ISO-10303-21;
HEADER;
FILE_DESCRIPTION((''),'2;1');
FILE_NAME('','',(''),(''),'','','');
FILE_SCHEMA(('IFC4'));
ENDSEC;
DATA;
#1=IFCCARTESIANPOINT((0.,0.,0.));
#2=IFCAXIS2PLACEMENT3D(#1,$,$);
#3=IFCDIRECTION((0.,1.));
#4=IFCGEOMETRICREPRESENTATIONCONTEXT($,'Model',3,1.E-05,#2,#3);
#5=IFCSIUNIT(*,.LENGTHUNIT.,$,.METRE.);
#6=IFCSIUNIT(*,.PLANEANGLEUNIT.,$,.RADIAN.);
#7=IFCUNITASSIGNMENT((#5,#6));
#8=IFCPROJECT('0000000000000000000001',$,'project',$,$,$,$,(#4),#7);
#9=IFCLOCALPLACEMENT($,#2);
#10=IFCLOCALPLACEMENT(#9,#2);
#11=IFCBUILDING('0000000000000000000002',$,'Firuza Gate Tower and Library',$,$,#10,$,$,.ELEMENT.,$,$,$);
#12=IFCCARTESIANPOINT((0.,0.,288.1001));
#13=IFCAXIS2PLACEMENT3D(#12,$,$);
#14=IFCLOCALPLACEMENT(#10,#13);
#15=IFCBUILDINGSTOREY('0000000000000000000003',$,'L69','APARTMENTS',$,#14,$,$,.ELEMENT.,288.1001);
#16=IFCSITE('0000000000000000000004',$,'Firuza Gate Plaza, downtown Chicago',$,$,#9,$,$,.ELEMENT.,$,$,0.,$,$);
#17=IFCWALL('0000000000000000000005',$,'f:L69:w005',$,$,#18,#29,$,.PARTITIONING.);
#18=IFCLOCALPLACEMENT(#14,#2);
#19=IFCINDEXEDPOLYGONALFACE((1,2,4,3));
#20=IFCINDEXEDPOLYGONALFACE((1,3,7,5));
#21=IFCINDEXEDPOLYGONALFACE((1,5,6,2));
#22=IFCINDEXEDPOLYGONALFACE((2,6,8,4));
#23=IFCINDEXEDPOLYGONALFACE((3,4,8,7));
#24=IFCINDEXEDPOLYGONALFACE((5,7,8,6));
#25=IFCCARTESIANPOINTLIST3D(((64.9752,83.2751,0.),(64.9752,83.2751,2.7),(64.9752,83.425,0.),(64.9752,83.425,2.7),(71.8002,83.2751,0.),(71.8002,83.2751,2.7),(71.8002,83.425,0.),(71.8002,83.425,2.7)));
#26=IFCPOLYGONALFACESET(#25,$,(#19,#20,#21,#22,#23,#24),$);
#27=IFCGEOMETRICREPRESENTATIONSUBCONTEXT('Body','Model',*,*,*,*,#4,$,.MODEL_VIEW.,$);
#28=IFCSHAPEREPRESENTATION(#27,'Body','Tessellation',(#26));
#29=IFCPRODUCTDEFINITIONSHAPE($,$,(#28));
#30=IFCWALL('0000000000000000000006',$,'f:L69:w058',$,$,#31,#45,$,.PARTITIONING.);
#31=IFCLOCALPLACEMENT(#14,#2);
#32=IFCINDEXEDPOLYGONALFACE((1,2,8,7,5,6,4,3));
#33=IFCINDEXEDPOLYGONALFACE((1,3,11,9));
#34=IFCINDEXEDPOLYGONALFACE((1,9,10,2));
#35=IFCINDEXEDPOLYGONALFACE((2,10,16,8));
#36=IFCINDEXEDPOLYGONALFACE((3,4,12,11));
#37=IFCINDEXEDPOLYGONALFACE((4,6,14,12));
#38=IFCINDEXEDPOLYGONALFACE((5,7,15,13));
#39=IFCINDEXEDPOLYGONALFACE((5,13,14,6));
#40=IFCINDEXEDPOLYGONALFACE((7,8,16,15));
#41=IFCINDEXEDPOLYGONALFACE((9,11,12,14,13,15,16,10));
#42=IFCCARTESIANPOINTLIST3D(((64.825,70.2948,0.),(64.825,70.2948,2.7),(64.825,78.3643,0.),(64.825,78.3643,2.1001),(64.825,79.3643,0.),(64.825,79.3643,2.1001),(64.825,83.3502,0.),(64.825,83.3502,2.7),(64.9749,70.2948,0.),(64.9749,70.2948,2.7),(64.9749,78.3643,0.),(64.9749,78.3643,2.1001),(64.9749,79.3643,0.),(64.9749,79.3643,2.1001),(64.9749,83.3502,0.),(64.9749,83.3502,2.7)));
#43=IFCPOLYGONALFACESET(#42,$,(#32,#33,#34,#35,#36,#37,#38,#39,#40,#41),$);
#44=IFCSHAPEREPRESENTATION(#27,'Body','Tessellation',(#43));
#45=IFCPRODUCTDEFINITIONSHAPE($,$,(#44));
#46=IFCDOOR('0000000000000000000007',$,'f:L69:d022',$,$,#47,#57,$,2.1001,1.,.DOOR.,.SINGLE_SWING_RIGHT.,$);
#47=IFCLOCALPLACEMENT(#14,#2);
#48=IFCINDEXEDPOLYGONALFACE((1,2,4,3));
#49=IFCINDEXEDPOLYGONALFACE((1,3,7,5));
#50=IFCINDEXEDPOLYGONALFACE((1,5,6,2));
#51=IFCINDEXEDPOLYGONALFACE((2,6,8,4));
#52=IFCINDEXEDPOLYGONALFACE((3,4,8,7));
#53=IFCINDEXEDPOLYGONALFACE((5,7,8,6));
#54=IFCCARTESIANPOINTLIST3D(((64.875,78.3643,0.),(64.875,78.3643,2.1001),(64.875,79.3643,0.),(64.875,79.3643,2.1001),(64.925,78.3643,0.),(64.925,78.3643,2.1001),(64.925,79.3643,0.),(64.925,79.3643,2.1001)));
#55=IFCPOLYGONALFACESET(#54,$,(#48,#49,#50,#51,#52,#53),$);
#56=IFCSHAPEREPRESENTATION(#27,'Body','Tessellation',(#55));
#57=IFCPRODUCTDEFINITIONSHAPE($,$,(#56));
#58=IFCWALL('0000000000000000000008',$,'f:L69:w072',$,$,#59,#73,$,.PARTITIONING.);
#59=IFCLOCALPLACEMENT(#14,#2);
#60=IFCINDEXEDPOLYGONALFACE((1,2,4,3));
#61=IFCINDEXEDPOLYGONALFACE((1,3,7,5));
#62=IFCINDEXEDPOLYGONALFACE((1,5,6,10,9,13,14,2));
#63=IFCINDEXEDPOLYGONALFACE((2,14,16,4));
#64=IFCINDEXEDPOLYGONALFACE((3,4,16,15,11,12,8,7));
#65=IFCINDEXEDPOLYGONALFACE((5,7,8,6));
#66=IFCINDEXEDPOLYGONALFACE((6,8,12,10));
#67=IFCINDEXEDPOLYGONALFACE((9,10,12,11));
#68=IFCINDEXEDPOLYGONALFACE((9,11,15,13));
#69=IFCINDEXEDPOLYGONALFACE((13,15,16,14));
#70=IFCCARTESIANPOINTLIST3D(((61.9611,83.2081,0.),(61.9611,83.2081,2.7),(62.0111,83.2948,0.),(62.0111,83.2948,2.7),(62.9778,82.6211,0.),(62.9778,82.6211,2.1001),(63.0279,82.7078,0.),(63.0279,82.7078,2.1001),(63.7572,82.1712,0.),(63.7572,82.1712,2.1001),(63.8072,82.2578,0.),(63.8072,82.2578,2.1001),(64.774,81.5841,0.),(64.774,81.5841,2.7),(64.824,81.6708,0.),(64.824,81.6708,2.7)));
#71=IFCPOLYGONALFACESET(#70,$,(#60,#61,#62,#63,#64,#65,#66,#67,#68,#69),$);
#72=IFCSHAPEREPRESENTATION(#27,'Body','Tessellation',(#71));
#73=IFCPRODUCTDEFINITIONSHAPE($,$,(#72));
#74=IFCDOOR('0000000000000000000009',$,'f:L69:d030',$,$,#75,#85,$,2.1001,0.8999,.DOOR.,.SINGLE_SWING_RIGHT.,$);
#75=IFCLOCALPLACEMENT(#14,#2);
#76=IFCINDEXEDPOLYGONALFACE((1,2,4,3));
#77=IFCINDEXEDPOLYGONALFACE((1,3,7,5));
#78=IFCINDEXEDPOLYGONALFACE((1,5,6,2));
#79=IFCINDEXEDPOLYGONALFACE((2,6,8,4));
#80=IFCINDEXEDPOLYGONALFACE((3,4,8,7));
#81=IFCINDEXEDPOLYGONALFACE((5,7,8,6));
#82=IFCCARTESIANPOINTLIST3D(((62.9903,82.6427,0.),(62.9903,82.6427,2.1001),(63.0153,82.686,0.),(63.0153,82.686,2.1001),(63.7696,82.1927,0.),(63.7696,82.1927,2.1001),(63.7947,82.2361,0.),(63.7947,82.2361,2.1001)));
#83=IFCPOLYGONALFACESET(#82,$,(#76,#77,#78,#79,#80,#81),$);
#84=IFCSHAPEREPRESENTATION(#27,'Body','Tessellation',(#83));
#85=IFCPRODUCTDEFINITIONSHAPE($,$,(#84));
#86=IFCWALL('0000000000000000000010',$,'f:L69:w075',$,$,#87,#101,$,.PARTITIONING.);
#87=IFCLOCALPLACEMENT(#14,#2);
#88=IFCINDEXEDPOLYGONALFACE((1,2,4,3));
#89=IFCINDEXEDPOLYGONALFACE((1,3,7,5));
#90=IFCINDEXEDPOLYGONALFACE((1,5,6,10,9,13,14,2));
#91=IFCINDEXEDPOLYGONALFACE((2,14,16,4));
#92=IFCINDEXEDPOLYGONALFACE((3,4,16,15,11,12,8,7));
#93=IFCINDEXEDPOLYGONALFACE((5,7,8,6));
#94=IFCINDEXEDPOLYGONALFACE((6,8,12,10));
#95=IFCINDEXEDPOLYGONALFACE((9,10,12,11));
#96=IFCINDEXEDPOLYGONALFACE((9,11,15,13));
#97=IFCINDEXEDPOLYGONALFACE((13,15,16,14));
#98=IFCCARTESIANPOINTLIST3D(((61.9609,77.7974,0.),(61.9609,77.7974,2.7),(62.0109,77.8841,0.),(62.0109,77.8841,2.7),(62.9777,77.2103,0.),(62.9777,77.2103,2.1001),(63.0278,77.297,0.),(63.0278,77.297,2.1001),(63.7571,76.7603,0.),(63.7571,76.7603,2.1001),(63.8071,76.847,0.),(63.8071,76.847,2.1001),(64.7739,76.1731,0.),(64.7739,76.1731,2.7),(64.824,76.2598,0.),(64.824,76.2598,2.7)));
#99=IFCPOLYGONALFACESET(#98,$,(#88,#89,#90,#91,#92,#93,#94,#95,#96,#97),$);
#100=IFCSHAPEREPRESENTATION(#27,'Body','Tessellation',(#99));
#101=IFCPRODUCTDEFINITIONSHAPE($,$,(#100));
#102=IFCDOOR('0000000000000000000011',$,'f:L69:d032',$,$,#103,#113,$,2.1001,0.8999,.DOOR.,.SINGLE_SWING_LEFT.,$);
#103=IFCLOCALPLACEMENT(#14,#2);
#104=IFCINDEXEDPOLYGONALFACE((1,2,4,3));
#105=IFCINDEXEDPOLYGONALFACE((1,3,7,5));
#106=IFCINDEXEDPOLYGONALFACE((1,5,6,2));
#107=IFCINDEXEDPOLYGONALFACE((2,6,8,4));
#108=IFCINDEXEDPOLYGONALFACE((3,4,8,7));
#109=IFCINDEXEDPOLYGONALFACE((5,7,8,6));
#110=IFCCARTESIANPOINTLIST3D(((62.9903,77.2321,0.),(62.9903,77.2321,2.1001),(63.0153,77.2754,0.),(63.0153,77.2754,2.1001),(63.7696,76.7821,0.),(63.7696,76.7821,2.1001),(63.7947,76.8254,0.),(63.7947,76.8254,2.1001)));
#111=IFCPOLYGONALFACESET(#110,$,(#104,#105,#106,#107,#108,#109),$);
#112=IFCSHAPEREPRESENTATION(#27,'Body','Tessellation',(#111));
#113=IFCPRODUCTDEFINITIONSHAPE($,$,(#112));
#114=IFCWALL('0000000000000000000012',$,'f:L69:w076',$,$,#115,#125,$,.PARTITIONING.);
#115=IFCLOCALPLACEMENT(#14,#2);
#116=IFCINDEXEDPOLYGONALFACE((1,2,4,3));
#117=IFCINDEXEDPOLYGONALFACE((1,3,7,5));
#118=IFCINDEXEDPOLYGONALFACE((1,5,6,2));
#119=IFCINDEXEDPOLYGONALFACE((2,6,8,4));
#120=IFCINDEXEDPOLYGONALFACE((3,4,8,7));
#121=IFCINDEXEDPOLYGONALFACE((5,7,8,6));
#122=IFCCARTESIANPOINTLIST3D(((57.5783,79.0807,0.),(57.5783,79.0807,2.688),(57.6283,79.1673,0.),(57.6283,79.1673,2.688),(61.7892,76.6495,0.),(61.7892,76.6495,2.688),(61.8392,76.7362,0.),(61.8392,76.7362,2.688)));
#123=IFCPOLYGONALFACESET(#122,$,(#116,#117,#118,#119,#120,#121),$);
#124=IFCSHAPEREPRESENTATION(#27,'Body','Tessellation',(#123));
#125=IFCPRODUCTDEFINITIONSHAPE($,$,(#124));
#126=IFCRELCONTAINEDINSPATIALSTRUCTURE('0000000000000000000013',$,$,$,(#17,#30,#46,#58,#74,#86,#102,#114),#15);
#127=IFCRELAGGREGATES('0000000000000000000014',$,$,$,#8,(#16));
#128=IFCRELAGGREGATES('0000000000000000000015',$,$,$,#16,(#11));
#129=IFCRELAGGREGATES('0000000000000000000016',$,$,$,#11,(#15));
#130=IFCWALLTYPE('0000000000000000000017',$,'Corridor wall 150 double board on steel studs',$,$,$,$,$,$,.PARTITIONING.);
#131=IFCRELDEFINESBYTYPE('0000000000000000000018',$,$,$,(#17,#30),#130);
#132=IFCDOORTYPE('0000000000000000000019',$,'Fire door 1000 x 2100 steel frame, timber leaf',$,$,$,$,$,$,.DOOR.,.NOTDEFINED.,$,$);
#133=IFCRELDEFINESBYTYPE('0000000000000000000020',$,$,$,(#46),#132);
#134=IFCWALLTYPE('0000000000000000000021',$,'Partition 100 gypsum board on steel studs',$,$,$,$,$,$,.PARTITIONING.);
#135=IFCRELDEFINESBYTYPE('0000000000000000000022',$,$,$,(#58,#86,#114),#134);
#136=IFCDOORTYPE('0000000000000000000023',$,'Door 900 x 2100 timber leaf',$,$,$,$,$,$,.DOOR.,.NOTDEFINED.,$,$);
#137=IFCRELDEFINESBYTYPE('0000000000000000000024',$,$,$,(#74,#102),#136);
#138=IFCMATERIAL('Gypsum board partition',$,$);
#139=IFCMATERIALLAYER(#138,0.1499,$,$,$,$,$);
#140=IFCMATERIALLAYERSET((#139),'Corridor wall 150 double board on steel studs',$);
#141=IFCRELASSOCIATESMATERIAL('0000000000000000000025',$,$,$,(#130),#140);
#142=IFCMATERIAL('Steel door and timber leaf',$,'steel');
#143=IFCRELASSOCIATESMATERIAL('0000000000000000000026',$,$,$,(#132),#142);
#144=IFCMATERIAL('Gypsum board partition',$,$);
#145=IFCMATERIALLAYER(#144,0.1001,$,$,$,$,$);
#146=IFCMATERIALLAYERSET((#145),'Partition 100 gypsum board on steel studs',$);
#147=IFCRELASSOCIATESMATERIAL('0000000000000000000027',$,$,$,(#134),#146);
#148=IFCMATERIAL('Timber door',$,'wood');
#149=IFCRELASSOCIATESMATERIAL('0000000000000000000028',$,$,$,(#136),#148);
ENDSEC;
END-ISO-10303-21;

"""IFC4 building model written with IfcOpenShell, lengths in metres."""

from ifc_helpers import new_model, si_unit, direction, frame, frame_2d, origin, place, context, subcontext, project, spatial, rectangle, extrude, material, layer, layer_set, type_object, element, fill, save


model = new_model("IFC4")

# Units and contexts
model_context = context("Model", 3, precision=1e-05, world=origin(), true_north=direction((0.0, 1.0)))
body_context = subcontext(model_context, "Body", "Model", "MODEL_VIEW")
ifc_project = project(units=[si_unit("LENGTHUNIT", "METRE"), si_unit("PLANEANGLEUNIT", "RADIAN")], contexts=[model_context])

# Site, building, storey
site_placement = place(None, origin())
site = spatial("IfcSite", under=ifc_project, at=site_placement, Name="Firuza Gate Plaza, downtown Chicago", CompositionType="ELEMENT", RefElevation=0.0)
building_placement = place(site_placement, origin())
building = spatial("IfcBuilding", under=site, at=building_placement, Name="Firuza Gate Tower and Library", CompositionType="ELEMENT")
storey_placement = place(building_placement, frame((0.0, 0.0, 288.1001)))
storey = spatial("IfcBuildingStorey", under=building, at=storey_placement, Name="L69", Description="APARTMENTS", CompositionType="ELEMENT", Elevation=288.1001)

# Wall
ifc_material_1 = material(Name="Gypsum board partition")
ifc_layer_1 = layer(ifc_material_1, 0.1499)
ifc_layer_set_1 = layer_set([ifc_layer_1], Name="Corridor wall 150 double board on steel studs")
wall_type_1 = type_object("IfcWallType", Name="Corridor wall 150 double board on steel studs", PredefinedType="PARTITIONING", material=ifc_layer_set_1)
wall_1_placement = place(storey_placement, frame((64.9751, 83.3501, 0.0), z_axis=(0.0, 0.0, 1.0), x_axis=(1.0, 0.0, 0.0)))
element("IfcWall", 1, at=wall_1_placement, inside=storey, type_object=wall_type_1, Name="f:L69:w005", PredefinedType="PARTITIONING", context=body_context, shape_type="SweptSolid", body=[
    extrude(rectangle(XDim=6.825, YDim=0.1499, at=frame_2d((3.4126, 0.0))), origin(), (0.0, 0.0, 1.0), 2.7),
])

# Walls, openings, doors
wall_2_placement = place(storey_placement, frame((64.8999, 70.2947, 0.0), z_axis=(0.0, 0.0, 1.0), x_axis=(0.0, 1.0, 0.0)))
wall_2 = element("IfcWall", 2, at=wall_2_placement, inside=storey, type_object=wall_type_1, Name="f:L69:w058", PredefinedType="PARTITIONING", context=body_context, shape_type="SweptSolid", body=[
    extrude(rectangle(XDim=13.0554, YDim=0.1499, at=frame_2d((6.5278, 0.0))), origin(), (0.0, 0.0, 1.0), 2.7),
])
opening_1_placement = place(wall_2_placement, frame((8.0696, 0.0, 0.0)))
opening_1 = element("IfcOpeningElement", 3, at=opening_1_placement, cuts=wall_2, PredefinedType="OPENING", context=body_context, shape_type="SweptSolid", body=[
    extrude(rectangle(XDim=1.0, YDim=2.1001, at=frame_2d((0.5, 1.05))), frame((0.0, 0.085, 0.0), z_axis=(0.0, -1.0, 0.0), x_axis=(1.0, 0.0, 0.0)), (0.0, 0.0, 1.0), 0.1699),
])
ifc_material_2 = material(Name="Steel door and timber leaf", Category="steel")
door_type_1 = type_object("IfcDoorType", Name="Fire door 1000 x 2100 steel frame, timber leaf", OperationType="NOTDEFINED", PredefinedType="DOOR", material=ifc_material_2)
door_1_placement = place(opening_1_placement, origin())
door_1 = element("IfcDoor", 4, at=door_1_placement, inside=storey, type_object=door_type_1, Name="f:L69:d022", OperationType="SINGLE_SWING_RIGHT", OverallHeight=2.1001, OverallWidth=1.0, PredefinedType="DOOR", context=body_context, shape_type="SweptSolid", body=[
    extrude(rectangle(XDim=1.0, YDim=2.1001, at=frame_2d((0.5, 1.05))), frame((0.0, 0.0249, 0.0), z_axis=(0.0, -1.0, 0.0), x_axis=(1.0, 0.0, 0.0)), (0.0, 0.0, 1.0), 0.05),
])
fill(opening_1, door_1)
ifc_material_3 = material(Name="Gypsum board partition")
ifc_layer_2 = layer(ifc_material_3, 0.1001)
ifc_layer_set_2 = layer_set([ifc_layer_2], Name="Partition 100 gypsum board on steel studs")
wall_type_2 = type_object("IfcWallType", Name="Partition 100 gypsum board on steel studs", PredefinedType="PARTITIONING", material=ifc_layer_set_2)
wall_3_placement = place(storey_placement, frame((61.9861, 83.2515, 0.0), z_axis=(0.0, 0.0, 1.0), x_axis=(0.866033, -0.499987, 0.0)))
wall_3 = element("IfcWall", 5, at=wall_3_placement, inside=storey, type_object=wall_type_2, Name="f:L69:w072", PredefinedType="PARTITIONING", context=body_context, shape_type="SweptSolid", body=[
    extrude(rectangle(XDim=3.248, YDim=0.1001, at=frame_2d((1.624, 0.0))), origin(), (0.0, 0.0, 1.0), 2.7),
])
opening_2_placement = place(wall_3_placement, frame((1.1741, 0.0, 0.0)))
opening_2 = element("IfcOpeningElement", 6, at=opening_2_placement, cuts=wall_3, PredefinedType="OPENING", context=body_context, shape_type="SweptSolid", body=[
    extrude(rectangle(XDim=0.8999, YDim=2.1001, at=frame_2d((0.45, 1.05))), frame((0.0, 0.0601, 0.0), z_axis=(0.0, -1.0, 0.0), x_axis=(1.0, 0.0, 0.0)), (0.0, 0.0, 1.0), 0.1201),
])
ifc_material_4 = material(Name="Timber door", Category="wood")
door_type_2 = type_object("IfcDoorType", Name="Door 900 x 2100 timber leaf", OperationType="NOTDEFINED", PredefinedType="DOOR", material=ifc_material_4)
door_2_placement = place(opening_2_placement, origin())
door_2 = element("IfcDoor", 7, at=door_2_placement, inside=storey, type_object=door_type_2, Name="f:L69:d030", OperationType="SINGLE_SWING_RIGHT", OverallHeight=2.1001, OverallWidth=0.8999, PredefinedType="DOOR", context=body_context, shape_type="SweptSolid", body=[
    extrude(rectangle(XDim=0.8999, YDim=2.1001, at=frame_2d((0.45, 1.05))), frame((0.0, 0.0249, 0.0), z_axis=(0.0, -1.0, 0.0), x_axis=(1.0, 0.0, 0.0)), (0.0, 0.0, 1.0), 0.05),
])
fill(opening_2, door_2)
wall_4_placement = place(storey_placement, frame((64.7988, 76.2166, 0.0), z_axis=(0.0, 0.0, 1.0), x_axis=(-0.866, 0.500043, 0.0)))
wall_4 = element("IfcWall", 8, at=wall_4_placement, inside=storey, type_object=wall_type_2, Name="f:L69:w075", PredefinedType="PARTITIONING", context=body_context, shape_type="SweptSolid", body=[
    extrude(rectangle(XDim=3.2483, YDim=0.1001, at=frame_2d((1.624, 0.0))), origin(), (0.0, 0.0, 1.0), 2.7),
])
opening_3_placement = place(wall_4_placement, frame((1.1741, 0.0, 0.0)))
opening_3 = element("IfcOpeningElement", 9, at=opening_3_placement, cuts=wall_4, PredefinedType="OPENING", context=body_context, shape_type="SweptSolid", body=[
    extrude(rectangle(XDim=0.8999, YDim=2.1001, at=frame_2d((0.45, 1.05))), frame((0.0, 0.0601, 0.0), z_axis=(0.0, -1.0, 0.0), x_axis=(1.0, 0.0, 0.0)), (0.0, 0.0, 1.0), 0.1201),
])
door_3_placement = place(opening_3_placement, origin())
door_3 = element("IfcDoor", 10, at=door_3_placement, inside=storey, type_object=door_type_2, Name="f:L69:d032", OperationType="SINGLE_SWING_LEFT", OverallHeight=2.1001, OverallWidth=0.8999, PredefinedType="DOOR", context=body_context, shape_type="SweptSolid", body=[
    extrude(rectangle(XDim=0.8999, YDim=2.1001, at=frame_2d((0.45, 1.05))), frame((0.0, 0.0249, 0.0), z_axis=(0.0, -1.0, 0.0), x_axis=(1.0, 0.0, 0.0)), (0.0, 0.0, 1.0), 0.05),
])
fill(opening_3, door_3)

# Wall
wall_5_placement = place(storey_placement, frame((61.8142, 76.6929, 0.0), z_axis=(0.0, 0.0, 1.0), x_axis=(-0.866028, 0.499995, 0.0)))
element("IfcWall", 11, at=wall_5_placement, inside=storey, type_object=wall_type_2, Name="f:L69:w076", PredefinedType="PARTITIONING", context=body_context, shape_type="SweptSolid", body=[
    extrude(rectangle(XDim=4.8623, YDim=0.1001, at=frame_2d((2.4312, 0.0))), origin(), (0.0, 0.0, 1.0), 2.688),
])

save(model, "model.ifc")
